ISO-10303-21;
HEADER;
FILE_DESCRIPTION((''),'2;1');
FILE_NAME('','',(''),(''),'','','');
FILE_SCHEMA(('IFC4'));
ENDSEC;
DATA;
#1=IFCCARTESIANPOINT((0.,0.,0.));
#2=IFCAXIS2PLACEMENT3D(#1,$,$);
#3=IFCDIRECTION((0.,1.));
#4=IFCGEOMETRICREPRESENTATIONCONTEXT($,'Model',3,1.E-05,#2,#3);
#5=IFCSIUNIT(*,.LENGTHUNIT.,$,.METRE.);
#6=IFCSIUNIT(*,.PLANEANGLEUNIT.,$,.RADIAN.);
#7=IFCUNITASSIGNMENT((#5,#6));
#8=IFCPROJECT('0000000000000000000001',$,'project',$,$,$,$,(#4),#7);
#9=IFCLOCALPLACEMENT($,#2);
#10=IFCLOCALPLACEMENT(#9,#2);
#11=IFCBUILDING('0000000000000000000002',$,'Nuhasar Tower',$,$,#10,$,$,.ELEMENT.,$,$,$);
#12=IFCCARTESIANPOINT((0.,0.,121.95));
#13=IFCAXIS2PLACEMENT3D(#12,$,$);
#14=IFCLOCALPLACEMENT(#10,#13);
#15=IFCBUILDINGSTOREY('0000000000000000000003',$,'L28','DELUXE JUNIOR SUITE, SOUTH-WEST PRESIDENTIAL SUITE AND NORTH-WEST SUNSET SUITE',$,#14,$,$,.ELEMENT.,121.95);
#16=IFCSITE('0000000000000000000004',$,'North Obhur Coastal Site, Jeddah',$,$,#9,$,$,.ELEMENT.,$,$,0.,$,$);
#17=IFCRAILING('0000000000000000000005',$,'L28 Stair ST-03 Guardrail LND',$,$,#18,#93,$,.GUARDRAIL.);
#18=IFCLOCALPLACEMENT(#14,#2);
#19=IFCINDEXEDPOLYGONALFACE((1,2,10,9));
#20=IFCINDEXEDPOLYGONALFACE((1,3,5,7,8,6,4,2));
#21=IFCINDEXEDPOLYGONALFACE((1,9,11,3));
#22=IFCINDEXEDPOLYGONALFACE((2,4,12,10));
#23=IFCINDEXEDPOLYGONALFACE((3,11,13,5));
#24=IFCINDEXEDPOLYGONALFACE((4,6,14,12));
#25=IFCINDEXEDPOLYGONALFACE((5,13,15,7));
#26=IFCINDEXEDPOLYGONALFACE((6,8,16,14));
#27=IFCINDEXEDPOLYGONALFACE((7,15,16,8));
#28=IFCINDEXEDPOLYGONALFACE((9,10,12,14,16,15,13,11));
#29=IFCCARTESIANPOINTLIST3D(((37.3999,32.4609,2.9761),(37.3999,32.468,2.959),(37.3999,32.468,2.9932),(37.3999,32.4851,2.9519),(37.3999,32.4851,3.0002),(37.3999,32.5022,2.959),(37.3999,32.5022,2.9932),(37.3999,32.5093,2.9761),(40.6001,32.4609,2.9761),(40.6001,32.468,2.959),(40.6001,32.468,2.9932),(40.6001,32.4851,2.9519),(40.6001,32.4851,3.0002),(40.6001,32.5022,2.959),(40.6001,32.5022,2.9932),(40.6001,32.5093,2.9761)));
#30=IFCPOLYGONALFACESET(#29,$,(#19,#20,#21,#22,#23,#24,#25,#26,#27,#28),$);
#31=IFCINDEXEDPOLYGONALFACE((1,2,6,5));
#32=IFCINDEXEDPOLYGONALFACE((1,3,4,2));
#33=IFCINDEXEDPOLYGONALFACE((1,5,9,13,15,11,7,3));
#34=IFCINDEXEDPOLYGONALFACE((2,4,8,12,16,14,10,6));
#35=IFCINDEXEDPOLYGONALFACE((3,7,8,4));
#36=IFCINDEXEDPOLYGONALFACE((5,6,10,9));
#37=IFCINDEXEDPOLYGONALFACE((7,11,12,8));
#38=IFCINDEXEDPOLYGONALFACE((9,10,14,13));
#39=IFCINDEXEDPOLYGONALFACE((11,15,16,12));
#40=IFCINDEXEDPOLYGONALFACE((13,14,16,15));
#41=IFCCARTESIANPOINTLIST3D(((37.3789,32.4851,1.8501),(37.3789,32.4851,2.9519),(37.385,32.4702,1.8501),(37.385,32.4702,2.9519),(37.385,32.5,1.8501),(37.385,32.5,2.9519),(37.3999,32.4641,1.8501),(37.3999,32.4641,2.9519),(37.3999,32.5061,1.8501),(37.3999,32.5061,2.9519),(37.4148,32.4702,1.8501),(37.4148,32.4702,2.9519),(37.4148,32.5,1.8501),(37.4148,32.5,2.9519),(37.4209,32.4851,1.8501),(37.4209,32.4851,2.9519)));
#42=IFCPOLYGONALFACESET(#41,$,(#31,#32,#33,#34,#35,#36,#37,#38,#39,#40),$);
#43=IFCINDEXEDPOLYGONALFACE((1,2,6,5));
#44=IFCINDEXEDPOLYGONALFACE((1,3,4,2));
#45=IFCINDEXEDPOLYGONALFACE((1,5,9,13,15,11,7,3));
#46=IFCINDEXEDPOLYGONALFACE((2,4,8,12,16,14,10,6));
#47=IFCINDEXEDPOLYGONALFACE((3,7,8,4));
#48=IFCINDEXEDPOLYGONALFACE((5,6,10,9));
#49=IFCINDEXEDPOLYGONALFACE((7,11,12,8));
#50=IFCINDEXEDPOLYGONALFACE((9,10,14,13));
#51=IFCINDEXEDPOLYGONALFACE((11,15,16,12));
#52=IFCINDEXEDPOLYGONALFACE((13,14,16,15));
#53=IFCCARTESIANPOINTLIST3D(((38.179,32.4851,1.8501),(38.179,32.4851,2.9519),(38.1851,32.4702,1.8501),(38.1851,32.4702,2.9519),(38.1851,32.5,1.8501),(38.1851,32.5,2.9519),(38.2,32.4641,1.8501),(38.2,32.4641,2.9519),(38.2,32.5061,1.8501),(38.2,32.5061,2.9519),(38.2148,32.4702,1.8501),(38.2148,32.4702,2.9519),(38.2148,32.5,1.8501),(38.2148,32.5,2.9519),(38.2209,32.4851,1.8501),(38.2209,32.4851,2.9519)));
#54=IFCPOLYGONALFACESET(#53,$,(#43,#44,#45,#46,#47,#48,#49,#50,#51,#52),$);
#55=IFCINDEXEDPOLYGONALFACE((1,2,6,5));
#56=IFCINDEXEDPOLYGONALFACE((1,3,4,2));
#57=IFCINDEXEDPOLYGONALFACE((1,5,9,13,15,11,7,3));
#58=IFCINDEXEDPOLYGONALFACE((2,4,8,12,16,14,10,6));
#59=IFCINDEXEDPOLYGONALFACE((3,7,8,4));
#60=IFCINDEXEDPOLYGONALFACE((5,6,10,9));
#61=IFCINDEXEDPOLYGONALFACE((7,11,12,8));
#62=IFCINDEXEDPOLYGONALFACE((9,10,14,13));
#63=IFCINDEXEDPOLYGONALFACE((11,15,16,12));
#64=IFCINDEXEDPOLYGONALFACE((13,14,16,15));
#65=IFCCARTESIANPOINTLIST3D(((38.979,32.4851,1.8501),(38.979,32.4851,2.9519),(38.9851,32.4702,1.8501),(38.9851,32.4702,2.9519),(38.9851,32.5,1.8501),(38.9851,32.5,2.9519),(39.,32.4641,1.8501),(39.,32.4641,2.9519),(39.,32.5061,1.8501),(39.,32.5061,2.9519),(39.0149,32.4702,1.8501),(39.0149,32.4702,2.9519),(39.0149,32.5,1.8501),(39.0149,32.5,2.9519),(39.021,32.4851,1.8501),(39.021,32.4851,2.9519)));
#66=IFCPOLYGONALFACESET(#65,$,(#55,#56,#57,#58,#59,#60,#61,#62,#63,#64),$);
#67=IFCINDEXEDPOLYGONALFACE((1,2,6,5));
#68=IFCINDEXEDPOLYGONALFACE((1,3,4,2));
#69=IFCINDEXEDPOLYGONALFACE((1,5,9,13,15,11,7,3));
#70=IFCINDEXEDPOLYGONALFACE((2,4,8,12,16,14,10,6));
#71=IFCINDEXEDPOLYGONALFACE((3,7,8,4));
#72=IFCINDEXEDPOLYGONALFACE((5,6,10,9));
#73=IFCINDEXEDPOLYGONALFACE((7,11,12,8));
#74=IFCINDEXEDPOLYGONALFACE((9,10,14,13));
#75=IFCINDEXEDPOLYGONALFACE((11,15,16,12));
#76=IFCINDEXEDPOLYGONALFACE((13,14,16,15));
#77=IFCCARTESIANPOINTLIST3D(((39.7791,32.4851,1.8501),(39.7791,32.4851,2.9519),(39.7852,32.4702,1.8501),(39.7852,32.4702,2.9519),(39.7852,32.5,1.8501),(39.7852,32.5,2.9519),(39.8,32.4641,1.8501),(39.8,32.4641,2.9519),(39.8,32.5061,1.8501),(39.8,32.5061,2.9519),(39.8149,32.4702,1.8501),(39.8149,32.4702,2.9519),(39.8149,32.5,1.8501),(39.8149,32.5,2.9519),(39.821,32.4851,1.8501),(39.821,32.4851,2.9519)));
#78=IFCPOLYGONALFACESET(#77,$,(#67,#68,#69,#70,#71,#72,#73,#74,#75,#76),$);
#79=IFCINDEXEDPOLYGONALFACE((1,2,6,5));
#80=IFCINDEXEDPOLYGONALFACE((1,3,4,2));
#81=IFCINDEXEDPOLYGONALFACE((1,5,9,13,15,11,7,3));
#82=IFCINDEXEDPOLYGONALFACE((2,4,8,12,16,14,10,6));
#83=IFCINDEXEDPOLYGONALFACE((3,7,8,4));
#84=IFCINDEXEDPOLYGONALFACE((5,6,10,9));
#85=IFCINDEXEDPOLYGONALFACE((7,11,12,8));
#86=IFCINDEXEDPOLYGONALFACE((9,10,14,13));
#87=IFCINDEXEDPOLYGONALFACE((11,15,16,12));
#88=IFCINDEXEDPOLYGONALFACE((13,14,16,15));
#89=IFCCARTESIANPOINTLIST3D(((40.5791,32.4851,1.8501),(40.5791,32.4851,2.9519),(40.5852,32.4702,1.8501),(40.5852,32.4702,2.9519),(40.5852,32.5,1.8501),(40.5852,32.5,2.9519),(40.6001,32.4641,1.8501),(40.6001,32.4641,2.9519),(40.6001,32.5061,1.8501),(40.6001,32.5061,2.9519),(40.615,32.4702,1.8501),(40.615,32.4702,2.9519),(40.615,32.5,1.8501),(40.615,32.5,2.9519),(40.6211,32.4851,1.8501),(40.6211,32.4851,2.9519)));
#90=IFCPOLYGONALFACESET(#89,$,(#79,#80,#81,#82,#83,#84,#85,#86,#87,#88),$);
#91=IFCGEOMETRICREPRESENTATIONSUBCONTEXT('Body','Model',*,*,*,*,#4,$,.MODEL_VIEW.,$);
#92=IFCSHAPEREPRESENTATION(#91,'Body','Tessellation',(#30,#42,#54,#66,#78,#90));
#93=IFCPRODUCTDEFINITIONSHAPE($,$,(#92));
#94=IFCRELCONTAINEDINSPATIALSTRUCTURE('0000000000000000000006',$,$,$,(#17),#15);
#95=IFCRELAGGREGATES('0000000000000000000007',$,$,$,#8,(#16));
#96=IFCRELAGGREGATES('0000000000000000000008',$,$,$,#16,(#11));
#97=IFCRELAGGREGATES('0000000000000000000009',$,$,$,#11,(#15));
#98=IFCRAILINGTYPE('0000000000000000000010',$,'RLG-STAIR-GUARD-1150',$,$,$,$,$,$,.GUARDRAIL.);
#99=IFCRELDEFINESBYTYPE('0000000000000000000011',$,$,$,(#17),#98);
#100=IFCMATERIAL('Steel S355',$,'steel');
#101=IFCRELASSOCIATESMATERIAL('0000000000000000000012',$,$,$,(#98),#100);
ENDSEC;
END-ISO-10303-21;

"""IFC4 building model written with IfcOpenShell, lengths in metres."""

from ifc_helpers import new_model, si_unit, direction, frame, origin, place, context, subcontext, project, spatial, polyline, outline, extrude, material, type_object, element, save


model = new_model("IFC4")

# Units and contexts
model_context = context("Model", 3, precision=1e-05, world=origin(), true_north=direction((0.0, 1.0)))
body_context = subcontext(model_context, "Body", "Model", "MODEL_VIEW")
ifc_project = project(units=[si_unit("LENGTHUNIT", "METRE"), si_unit("PLANEANGLEUNIT", "RADIAN")], contexts=[model_context])

# Site, building, storey
site_placement = place(None, origin())
site = spatial("IfcSite", under=ifc_project, at=site_placement, Name="North Obhur Coastal Site, Jeddah", CompositionType="ELEMENT", RefElevation=0.0)
building_placement = place(site_placement, origin())
building = spatial("IfcBuilding", under=site, at=building_placement, Name="Nuhasar Tower", CompositionType="ELEMENT")
storey_placement = place(building_placement, frame((0.0, 0.0, 121.95)))
storey = spatial("IfcBuildingStorey", under=building, at=storey_placement, Name="L28", Description="DELUXE JUNIOR SUITE, SOUTH-WEST PRESIDENTIAL SUITE AND NORTH-WEST SUNSET SUITE", CompositionType="ELEMENT", Elevation=121.95)

# Shared definitions
ifc_material_1 = material(Name="Steel S355", Category="steel")

# Railing
railing_type_1 = type_object("IfcRailingType", Name="RLG-STAIR-GUARD-1150", PredefinedType="GUARDRAIL", material=ifc_material_1)
railing_1_placement = place(storey_placement, frame((37.3999, 32.4851, 1.8501)))
element("IfcRailing", 1, at=railing_1_placement, inside=storey, type_object=railing_type_1, Name="L28 Stair ST-03 Guardrail LND", PredefinedType="GUARDRAIL", context=body_context, shape_type="SweptSolid", body=[
    extrude(outline(polyline([(0.0242, 0.0), (0.0171, 0.0171), (0.0, 0.0242), (-0.0171, 0.0171), (-0.0242, 0.0), (-0.0171, -0.0171), (0.0, -0.0242), (0.0171, -0.0171), (0.0242, 0.0)])), frame((0.0, 0.0, 1.126), z_axis=(1.0, 0.0, 0.0), x_axis=(0.0, 1.0, 0.0)), (0.0, 0.0, 1.0), 3.2002),
    extrude(outline(polyline([(0.021, 0.0), (0.0149, 0.0149), (0.0, 0.021), (-0.0149, 0.0149), (-0.021, 0.0), (-0.0149, -0.0149), (0.0, -0.021), (0.0149, -0.0149), (0.021, 0.0)])), origin(), (0.0, 0.0, 1.0), 1.1018),
    extrude(outline(polyline([(0.021, 0.0), (0.0149, 0.0149), (0.0, 0.021), (-0.0149, 0.0149), (-0.021, 0.0), (-0.0149, -0.0149), (0.0, -0.021), (0.0149, -0.0149), (0.021, 0.0)])), frame((0.8, 0.0, 0.0)), (0.0, 0.0, 1.0), 1.1018),
    extrude(outline(polyline([(0.021, 0.0), (0.0149, 0.0149), (0.0, 0.021), (-0.0149, 0.0149), (-0.021, 0.0), (-0.0149, -0.0149), (0.0, -0.021), (0.0149, -0.0149), (0.021, 0.0)])), frame((1.6001, 0.0, 0.0)), (0.0, 0.0, 1.0), 1.1018),
    extrude(outline(polyline([(0.021, 0.0), (0.0149, 0.0149), (0.0, 0.021), (-0.0149, 0.0149), (-0.021, 0.0), (-0.0149, -0.0149), (0.0, -0.021), (0.0149, -0.0149), (0.021, 0.0)])), frame((2.4001, 0.0, 0.0)), (0.0, 0.0, 1.0), 1.1018),
    extrude(outline(polyline([(0.021, 0.0), (0.0149, 0.0149), (0.0, 0.021), (-0.0149, 0.0149), (-0.021, 0.0), (-0.0149, -0.0149), (0.0, -0.021), (0.0149, -0.0149), (0.021, 0.0)])), frame((3.2002, 0.0, 0.0)), (0.0, 0.0, 1.0), 1.1018),
])

save(model, "model.ifc")
